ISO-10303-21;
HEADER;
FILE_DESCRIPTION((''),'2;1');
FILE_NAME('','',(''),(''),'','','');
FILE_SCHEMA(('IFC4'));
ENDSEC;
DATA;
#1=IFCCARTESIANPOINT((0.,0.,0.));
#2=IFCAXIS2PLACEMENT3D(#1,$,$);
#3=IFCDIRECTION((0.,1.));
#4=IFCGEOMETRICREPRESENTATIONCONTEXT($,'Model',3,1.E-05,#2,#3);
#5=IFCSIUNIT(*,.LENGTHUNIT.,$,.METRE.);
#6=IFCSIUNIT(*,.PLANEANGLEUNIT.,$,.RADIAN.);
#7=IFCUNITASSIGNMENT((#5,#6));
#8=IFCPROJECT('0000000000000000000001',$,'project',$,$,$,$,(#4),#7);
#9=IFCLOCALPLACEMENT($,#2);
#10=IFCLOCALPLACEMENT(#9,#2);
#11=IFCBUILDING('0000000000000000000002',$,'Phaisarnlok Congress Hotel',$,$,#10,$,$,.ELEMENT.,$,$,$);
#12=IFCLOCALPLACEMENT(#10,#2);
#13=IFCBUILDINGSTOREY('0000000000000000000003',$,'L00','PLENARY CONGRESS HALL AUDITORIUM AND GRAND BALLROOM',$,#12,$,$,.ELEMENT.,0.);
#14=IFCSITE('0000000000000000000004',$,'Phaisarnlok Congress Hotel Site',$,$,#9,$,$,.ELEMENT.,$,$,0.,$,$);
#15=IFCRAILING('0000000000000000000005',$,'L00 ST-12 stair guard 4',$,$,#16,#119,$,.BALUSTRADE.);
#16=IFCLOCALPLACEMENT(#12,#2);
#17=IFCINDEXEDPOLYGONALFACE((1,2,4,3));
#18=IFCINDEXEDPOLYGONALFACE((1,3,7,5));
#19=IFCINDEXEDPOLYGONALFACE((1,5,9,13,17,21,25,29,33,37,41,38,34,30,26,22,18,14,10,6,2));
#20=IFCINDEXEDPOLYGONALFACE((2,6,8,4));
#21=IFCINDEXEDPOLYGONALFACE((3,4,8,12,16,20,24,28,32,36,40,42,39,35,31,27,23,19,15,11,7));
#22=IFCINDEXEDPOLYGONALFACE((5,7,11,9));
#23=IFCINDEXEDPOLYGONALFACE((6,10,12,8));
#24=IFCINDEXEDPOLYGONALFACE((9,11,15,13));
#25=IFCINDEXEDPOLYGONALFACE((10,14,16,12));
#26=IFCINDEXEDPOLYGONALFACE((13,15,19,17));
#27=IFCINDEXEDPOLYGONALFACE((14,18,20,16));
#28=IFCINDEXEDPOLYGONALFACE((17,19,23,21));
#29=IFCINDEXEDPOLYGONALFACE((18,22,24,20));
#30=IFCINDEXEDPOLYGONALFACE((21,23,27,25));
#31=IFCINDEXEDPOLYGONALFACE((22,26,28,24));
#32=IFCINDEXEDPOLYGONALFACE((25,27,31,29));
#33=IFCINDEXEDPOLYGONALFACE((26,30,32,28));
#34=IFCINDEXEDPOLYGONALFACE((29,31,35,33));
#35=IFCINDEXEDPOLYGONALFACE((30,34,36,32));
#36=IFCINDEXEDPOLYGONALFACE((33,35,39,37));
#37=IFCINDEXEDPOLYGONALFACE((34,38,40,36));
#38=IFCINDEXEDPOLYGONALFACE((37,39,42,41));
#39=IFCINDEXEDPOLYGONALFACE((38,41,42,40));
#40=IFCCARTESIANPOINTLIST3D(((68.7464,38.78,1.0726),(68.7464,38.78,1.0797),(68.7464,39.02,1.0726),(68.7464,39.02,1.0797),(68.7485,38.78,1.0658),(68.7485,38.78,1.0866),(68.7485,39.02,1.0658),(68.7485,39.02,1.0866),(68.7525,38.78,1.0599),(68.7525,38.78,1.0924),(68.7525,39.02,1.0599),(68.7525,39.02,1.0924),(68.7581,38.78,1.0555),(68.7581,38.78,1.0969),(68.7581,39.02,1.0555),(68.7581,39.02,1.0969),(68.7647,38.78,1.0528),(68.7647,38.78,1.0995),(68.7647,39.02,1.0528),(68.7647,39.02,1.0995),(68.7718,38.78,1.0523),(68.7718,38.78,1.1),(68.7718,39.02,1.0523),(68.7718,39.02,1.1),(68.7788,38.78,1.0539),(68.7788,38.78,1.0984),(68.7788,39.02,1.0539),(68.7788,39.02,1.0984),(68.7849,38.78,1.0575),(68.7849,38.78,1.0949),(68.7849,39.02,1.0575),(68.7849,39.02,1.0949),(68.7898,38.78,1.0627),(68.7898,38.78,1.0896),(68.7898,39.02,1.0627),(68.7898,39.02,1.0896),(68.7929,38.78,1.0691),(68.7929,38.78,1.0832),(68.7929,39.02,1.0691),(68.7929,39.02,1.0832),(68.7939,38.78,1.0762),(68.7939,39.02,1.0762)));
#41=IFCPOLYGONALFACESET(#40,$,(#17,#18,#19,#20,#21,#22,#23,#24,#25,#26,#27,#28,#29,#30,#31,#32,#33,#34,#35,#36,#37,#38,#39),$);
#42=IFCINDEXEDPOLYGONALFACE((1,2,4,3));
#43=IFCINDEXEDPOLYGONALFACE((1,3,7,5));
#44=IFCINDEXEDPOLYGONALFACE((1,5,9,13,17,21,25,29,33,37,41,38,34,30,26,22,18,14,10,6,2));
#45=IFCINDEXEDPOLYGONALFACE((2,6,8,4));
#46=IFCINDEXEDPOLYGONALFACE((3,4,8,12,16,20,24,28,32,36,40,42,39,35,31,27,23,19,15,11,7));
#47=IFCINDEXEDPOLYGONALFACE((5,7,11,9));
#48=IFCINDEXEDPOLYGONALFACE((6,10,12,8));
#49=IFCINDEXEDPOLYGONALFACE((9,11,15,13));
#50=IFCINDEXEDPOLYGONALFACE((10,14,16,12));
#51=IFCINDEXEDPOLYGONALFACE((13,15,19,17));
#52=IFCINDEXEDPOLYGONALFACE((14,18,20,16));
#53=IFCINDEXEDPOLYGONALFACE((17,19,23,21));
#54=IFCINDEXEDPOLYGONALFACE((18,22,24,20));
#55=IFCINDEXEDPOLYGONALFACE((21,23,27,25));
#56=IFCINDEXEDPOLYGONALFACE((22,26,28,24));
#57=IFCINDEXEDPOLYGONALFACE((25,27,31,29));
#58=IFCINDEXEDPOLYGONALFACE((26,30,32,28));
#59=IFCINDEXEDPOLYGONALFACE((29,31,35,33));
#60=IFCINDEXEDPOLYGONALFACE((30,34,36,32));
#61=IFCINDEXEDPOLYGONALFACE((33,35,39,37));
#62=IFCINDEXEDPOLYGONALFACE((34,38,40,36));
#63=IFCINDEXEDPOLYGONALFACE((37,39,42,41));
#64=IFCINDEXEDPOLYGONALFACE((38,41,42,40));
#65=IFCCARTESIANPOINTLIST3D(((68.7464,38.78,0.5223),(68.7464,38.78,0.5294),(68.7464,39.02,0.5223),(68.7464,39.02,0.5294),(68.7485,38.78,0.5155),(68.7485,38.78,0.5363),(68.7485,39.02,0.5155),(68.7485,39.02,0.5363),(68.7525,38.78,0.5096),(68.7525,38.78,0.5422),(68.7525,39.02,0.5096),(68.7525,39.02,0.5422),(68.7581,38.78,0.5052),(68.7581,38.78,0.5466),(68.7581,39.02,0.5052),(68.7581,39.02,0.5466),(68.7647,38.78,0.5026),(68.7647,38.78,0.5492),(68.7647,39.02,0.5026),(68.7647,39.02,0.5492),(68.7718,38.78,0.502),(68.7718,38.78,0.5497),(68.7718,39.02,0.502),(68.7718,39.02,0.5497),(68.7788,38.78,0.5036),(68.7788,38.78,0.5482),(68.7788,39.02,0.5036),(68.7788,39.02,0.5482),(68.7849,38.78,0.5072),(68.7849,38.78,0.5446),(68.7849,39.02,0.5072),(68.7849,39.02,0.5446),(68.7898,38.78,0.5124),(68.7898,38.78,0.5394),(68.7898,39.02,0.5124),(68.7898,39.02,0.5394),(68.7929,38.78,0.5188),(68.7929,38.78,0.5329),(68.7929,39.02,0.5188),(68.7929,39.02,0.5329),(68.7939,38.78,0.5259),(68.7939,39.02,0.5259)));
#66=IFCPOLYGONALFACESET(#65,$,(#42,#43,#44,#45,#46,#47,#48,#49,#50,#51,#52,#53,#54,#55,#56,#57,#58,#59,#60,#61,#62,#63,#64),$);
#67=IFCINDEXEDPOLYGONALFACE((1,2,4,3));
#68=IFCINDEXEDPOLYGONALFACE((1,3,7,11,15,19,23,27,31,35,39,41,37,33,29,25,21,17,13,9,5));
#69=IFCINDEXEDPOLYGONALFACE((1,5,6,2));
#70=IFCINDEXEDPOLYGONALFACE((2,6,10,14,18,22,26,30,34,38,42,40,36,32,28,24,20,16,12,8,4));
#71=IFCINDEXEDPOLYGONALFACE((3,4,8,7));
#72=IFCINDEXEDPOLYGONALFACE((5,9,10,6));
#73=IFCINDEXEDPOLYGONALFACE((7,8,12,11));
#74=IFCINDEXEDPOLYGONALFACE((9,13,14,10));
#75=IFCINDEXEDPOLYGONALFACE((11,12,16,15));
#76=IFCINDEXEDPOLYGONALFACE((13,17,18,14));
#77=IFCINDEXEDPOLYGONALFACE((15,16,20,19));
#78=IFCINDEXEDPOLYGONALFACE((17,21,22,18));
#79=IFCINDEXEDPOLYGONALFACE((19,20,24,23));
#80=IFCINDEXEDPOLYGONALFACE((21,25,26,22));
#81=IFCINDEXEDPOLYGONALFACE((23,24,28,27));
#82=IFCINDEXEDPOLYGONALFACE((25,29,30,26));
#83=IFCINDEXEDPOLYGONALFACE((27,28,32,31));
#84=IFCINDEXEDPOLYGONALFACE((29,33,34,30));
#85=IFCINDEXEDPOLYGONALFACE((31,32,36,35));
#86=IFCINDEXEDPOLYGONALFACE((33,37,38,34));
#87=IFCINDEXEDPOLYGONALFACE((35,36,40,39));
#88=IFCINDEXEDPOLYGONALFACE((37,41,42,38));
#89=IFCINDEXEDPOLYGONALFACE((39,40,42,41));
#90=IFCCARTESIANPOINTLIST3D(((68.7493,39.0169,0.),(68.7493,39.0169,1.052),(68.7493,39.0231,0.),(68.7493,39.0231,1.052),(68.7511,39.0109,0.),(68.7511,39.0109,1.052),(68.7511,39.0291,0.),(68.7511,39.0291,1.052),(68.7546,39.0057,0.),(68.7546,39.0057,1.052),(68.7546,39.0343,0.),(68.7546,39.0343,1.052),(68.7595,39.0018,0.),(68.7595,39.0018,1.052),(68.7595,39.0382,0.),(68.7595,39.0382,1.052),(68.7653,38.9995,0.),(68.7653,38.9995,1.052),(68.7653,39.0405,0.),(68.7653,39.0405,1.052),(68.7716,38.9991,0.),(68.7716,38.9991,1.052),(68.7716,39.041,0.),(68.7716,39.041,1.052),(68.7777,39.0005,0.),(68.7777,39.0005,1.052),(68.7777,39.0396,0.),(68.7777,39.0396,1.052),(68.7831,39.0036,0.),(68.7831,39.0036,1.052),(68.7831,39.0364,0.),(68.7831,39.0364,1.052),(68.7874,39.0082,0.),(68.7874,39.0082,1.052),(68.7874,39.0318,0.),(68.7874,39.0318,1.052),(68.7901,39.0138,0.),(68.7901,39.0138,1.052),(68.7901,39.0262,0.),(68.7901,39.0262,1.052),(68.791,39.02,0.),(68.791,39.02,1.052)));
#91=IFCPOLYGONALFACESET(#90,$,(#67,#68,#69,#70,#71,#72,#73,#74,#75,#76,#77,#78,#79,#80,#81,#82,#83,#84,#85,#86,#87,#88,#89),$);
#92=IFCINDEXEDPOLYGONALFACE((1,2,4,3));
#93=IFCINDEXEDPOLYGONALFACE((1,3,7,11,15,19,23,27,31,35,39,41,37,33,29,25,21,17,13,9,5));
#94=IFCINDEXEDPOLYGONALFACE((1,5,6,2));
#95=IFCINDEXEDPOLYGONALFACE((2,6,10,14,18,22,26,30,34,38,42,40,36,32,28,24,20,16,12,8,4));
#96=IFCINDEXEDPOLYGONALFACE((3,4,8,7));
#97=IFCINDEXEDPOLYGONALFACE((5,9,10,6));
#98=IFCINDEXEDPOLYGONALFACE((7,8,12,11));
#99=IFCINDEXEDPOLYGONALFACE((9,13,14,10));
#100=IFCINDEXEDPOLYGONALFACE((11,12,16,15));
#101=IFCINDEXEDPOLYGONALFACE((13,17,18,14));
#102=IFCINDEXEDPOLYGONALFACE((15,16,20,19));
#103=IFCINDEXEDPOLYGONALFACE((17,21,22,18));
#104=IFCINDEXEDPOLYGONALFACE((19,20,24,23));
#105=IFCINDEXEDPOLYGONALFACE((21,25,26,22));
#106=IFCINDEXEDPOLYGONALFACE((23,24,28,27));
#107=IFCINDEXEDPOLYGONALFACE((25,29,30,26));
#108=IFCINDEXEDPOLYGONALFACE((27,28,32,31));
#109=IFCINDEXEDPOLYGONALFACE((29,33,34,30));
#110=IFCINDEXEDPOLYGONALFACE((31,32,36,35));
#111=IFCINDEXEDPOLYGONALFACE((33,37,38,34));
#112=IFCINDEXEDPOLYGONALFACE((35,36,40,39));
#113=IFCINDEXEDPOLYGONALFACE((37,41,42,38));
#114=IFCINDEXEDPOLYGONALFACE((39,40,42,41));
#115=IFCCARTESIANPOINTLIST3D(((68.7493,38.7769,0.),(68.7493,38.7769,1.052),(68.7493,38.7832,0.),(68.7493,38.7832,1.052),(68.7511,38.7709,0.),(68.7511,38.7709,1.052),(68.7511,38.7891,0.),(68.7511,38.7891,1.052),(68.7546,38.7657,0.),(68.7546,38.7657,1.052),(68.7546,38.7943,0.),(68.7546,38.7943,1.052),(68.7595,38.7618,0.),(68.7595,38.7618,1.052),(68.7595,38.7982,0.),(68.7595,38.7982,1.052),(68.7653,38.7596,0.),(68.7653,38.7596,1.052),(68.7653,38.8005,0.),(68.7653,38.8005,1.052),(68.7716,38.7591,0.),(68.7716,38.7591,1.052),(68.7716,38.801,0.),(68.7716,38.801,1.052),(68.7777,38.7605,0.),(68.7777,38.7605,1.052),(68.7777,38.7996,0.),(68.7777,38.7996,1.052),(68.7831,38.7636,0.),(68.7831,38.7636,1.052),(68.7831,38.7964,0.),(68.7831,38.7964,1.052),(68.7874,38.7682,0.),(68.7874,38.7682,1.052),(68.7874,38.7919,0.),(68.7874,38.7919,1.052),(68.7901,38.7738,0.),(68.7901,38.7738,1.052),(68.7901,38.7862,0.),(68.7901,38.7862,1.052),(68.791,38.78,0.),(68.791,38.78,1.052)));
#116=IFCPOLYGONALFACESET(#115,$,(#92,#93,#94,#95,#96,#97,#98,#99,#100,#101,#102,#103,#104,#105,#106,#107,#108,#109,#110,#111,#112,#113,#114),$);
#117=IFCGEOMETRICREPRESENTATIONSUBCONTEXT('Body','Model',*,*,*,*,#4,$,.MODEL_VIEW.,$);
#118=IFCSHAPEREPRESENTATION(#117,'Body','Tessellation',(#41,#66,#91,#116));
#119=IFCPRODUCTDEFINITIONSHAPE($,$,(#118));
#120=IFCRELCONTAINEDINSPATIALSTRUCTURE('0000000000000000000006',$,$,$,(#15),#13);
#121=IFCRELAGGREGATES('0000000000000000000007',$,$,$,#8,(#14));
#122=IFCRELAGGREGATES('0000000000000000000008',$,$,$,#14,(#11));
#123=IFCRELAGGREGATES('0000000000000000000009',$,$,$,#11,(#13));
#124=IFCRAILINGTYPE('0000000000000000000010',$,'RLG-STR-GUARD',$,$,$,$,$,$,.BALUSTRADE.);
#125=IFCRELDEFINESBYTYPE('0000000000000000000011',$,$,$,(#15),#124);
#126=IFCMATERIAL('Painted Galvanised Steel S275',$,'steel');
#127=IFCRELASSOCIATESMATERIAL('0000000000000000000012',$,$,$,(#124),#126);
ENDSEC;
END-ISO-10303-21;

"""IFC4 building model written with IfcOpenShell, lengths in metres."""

from ifc_helpers import new_model, si_unit, direction, frame, origin, origin_2d, place, context, subcontext, project, spatial, circle, extrude, material, type_object, element, save


model = new_model("IFC4")

# Units and contexts
model_context = context("Model", 3, precision=1e-05, world=origin(), true_north=direction((0.0, 1.0)))
body_context = subcontext(model_context, "Body", "Model", "MODEL_VIEW")
ifc_project = project(units=[si_unit("LENGTHUNIT", "METRE"), si_unit("PLANEANGLEUNIT", "RADIAN")], contexts=[model_context])

# Site, building, storey
site_placement = place(None, origin())
site = spatial("IfcSite", under=ifc_project, at=site_placement, Name="Phaisarnlok Congress Hotel Site", CompositionType="ELEMENT", RefElevation=0.0)
building_placement = place(site_placement, origin())
building = spatial("IfcBuilding", under=site, at=building_placement, Name="Phaisarnlok Congress Hotel", CompositionType="ELEMENT")
storey_placement = place(building_placement, origin())
storey = spatial("IfcBuildingStorey", under=building, at=storey_placement, Name="L00", Description="PLENARY CONGRESS HALL AUDITORIUM AND GRAND BALLROOM", CompositionType="ELEMENT", Elevation=0.0)

# Railing
ifc_material_1 = material(Name="Painted Galvanised Steel S275", Category="steel")
railing_type_1 = type_object("IfcRailingType", Name="RLG-STR-GUARD", PredefinedType="BALUSTRADE", material=ifc_material_1)
railing_1_placement = place(storey_placement, frame((68.77, 39.02, 0.0)))
element("IfcRailing", 1, at=railing_1_placement, inside=storey, type_object=railing_type_1, Name="L00 ST-12 stair guard 4", PredefinedType="BALUSTRADE", context=body_context, shape_type="SweptSolid", body=[
    extrude(circle(Radius=0.0239, at=origin_2d()), frame((0.0, 0.0, 1.0762), z_axis=(0.0, -1.0, 0.0), x_axis=(1.0, 0.0, 0.0)), (0.0, 0.0, 1.0), 0.24),
    extrude(circle(Radius=0.0239, at=origin_2d()), frame((0.0, 0.0, 0.5259), z_axis=(0.0, -1.0, 0.0), x_axis=(1.0, 0.0, 0.0)), (0.0, 0.0, 1.0), 0.24),
    extrude(circle(Radius=0.021, at=origin_2d()), origin(), (0.0, 0.0, 1.0), 1.052),
    extrude(circle(Radius=0.021, at=origin_2d()), frame((0.0, -0.24, 0.0)), (0.0, 0.0, 1.0), 1.052),
])

save(model, "model.ifc")
